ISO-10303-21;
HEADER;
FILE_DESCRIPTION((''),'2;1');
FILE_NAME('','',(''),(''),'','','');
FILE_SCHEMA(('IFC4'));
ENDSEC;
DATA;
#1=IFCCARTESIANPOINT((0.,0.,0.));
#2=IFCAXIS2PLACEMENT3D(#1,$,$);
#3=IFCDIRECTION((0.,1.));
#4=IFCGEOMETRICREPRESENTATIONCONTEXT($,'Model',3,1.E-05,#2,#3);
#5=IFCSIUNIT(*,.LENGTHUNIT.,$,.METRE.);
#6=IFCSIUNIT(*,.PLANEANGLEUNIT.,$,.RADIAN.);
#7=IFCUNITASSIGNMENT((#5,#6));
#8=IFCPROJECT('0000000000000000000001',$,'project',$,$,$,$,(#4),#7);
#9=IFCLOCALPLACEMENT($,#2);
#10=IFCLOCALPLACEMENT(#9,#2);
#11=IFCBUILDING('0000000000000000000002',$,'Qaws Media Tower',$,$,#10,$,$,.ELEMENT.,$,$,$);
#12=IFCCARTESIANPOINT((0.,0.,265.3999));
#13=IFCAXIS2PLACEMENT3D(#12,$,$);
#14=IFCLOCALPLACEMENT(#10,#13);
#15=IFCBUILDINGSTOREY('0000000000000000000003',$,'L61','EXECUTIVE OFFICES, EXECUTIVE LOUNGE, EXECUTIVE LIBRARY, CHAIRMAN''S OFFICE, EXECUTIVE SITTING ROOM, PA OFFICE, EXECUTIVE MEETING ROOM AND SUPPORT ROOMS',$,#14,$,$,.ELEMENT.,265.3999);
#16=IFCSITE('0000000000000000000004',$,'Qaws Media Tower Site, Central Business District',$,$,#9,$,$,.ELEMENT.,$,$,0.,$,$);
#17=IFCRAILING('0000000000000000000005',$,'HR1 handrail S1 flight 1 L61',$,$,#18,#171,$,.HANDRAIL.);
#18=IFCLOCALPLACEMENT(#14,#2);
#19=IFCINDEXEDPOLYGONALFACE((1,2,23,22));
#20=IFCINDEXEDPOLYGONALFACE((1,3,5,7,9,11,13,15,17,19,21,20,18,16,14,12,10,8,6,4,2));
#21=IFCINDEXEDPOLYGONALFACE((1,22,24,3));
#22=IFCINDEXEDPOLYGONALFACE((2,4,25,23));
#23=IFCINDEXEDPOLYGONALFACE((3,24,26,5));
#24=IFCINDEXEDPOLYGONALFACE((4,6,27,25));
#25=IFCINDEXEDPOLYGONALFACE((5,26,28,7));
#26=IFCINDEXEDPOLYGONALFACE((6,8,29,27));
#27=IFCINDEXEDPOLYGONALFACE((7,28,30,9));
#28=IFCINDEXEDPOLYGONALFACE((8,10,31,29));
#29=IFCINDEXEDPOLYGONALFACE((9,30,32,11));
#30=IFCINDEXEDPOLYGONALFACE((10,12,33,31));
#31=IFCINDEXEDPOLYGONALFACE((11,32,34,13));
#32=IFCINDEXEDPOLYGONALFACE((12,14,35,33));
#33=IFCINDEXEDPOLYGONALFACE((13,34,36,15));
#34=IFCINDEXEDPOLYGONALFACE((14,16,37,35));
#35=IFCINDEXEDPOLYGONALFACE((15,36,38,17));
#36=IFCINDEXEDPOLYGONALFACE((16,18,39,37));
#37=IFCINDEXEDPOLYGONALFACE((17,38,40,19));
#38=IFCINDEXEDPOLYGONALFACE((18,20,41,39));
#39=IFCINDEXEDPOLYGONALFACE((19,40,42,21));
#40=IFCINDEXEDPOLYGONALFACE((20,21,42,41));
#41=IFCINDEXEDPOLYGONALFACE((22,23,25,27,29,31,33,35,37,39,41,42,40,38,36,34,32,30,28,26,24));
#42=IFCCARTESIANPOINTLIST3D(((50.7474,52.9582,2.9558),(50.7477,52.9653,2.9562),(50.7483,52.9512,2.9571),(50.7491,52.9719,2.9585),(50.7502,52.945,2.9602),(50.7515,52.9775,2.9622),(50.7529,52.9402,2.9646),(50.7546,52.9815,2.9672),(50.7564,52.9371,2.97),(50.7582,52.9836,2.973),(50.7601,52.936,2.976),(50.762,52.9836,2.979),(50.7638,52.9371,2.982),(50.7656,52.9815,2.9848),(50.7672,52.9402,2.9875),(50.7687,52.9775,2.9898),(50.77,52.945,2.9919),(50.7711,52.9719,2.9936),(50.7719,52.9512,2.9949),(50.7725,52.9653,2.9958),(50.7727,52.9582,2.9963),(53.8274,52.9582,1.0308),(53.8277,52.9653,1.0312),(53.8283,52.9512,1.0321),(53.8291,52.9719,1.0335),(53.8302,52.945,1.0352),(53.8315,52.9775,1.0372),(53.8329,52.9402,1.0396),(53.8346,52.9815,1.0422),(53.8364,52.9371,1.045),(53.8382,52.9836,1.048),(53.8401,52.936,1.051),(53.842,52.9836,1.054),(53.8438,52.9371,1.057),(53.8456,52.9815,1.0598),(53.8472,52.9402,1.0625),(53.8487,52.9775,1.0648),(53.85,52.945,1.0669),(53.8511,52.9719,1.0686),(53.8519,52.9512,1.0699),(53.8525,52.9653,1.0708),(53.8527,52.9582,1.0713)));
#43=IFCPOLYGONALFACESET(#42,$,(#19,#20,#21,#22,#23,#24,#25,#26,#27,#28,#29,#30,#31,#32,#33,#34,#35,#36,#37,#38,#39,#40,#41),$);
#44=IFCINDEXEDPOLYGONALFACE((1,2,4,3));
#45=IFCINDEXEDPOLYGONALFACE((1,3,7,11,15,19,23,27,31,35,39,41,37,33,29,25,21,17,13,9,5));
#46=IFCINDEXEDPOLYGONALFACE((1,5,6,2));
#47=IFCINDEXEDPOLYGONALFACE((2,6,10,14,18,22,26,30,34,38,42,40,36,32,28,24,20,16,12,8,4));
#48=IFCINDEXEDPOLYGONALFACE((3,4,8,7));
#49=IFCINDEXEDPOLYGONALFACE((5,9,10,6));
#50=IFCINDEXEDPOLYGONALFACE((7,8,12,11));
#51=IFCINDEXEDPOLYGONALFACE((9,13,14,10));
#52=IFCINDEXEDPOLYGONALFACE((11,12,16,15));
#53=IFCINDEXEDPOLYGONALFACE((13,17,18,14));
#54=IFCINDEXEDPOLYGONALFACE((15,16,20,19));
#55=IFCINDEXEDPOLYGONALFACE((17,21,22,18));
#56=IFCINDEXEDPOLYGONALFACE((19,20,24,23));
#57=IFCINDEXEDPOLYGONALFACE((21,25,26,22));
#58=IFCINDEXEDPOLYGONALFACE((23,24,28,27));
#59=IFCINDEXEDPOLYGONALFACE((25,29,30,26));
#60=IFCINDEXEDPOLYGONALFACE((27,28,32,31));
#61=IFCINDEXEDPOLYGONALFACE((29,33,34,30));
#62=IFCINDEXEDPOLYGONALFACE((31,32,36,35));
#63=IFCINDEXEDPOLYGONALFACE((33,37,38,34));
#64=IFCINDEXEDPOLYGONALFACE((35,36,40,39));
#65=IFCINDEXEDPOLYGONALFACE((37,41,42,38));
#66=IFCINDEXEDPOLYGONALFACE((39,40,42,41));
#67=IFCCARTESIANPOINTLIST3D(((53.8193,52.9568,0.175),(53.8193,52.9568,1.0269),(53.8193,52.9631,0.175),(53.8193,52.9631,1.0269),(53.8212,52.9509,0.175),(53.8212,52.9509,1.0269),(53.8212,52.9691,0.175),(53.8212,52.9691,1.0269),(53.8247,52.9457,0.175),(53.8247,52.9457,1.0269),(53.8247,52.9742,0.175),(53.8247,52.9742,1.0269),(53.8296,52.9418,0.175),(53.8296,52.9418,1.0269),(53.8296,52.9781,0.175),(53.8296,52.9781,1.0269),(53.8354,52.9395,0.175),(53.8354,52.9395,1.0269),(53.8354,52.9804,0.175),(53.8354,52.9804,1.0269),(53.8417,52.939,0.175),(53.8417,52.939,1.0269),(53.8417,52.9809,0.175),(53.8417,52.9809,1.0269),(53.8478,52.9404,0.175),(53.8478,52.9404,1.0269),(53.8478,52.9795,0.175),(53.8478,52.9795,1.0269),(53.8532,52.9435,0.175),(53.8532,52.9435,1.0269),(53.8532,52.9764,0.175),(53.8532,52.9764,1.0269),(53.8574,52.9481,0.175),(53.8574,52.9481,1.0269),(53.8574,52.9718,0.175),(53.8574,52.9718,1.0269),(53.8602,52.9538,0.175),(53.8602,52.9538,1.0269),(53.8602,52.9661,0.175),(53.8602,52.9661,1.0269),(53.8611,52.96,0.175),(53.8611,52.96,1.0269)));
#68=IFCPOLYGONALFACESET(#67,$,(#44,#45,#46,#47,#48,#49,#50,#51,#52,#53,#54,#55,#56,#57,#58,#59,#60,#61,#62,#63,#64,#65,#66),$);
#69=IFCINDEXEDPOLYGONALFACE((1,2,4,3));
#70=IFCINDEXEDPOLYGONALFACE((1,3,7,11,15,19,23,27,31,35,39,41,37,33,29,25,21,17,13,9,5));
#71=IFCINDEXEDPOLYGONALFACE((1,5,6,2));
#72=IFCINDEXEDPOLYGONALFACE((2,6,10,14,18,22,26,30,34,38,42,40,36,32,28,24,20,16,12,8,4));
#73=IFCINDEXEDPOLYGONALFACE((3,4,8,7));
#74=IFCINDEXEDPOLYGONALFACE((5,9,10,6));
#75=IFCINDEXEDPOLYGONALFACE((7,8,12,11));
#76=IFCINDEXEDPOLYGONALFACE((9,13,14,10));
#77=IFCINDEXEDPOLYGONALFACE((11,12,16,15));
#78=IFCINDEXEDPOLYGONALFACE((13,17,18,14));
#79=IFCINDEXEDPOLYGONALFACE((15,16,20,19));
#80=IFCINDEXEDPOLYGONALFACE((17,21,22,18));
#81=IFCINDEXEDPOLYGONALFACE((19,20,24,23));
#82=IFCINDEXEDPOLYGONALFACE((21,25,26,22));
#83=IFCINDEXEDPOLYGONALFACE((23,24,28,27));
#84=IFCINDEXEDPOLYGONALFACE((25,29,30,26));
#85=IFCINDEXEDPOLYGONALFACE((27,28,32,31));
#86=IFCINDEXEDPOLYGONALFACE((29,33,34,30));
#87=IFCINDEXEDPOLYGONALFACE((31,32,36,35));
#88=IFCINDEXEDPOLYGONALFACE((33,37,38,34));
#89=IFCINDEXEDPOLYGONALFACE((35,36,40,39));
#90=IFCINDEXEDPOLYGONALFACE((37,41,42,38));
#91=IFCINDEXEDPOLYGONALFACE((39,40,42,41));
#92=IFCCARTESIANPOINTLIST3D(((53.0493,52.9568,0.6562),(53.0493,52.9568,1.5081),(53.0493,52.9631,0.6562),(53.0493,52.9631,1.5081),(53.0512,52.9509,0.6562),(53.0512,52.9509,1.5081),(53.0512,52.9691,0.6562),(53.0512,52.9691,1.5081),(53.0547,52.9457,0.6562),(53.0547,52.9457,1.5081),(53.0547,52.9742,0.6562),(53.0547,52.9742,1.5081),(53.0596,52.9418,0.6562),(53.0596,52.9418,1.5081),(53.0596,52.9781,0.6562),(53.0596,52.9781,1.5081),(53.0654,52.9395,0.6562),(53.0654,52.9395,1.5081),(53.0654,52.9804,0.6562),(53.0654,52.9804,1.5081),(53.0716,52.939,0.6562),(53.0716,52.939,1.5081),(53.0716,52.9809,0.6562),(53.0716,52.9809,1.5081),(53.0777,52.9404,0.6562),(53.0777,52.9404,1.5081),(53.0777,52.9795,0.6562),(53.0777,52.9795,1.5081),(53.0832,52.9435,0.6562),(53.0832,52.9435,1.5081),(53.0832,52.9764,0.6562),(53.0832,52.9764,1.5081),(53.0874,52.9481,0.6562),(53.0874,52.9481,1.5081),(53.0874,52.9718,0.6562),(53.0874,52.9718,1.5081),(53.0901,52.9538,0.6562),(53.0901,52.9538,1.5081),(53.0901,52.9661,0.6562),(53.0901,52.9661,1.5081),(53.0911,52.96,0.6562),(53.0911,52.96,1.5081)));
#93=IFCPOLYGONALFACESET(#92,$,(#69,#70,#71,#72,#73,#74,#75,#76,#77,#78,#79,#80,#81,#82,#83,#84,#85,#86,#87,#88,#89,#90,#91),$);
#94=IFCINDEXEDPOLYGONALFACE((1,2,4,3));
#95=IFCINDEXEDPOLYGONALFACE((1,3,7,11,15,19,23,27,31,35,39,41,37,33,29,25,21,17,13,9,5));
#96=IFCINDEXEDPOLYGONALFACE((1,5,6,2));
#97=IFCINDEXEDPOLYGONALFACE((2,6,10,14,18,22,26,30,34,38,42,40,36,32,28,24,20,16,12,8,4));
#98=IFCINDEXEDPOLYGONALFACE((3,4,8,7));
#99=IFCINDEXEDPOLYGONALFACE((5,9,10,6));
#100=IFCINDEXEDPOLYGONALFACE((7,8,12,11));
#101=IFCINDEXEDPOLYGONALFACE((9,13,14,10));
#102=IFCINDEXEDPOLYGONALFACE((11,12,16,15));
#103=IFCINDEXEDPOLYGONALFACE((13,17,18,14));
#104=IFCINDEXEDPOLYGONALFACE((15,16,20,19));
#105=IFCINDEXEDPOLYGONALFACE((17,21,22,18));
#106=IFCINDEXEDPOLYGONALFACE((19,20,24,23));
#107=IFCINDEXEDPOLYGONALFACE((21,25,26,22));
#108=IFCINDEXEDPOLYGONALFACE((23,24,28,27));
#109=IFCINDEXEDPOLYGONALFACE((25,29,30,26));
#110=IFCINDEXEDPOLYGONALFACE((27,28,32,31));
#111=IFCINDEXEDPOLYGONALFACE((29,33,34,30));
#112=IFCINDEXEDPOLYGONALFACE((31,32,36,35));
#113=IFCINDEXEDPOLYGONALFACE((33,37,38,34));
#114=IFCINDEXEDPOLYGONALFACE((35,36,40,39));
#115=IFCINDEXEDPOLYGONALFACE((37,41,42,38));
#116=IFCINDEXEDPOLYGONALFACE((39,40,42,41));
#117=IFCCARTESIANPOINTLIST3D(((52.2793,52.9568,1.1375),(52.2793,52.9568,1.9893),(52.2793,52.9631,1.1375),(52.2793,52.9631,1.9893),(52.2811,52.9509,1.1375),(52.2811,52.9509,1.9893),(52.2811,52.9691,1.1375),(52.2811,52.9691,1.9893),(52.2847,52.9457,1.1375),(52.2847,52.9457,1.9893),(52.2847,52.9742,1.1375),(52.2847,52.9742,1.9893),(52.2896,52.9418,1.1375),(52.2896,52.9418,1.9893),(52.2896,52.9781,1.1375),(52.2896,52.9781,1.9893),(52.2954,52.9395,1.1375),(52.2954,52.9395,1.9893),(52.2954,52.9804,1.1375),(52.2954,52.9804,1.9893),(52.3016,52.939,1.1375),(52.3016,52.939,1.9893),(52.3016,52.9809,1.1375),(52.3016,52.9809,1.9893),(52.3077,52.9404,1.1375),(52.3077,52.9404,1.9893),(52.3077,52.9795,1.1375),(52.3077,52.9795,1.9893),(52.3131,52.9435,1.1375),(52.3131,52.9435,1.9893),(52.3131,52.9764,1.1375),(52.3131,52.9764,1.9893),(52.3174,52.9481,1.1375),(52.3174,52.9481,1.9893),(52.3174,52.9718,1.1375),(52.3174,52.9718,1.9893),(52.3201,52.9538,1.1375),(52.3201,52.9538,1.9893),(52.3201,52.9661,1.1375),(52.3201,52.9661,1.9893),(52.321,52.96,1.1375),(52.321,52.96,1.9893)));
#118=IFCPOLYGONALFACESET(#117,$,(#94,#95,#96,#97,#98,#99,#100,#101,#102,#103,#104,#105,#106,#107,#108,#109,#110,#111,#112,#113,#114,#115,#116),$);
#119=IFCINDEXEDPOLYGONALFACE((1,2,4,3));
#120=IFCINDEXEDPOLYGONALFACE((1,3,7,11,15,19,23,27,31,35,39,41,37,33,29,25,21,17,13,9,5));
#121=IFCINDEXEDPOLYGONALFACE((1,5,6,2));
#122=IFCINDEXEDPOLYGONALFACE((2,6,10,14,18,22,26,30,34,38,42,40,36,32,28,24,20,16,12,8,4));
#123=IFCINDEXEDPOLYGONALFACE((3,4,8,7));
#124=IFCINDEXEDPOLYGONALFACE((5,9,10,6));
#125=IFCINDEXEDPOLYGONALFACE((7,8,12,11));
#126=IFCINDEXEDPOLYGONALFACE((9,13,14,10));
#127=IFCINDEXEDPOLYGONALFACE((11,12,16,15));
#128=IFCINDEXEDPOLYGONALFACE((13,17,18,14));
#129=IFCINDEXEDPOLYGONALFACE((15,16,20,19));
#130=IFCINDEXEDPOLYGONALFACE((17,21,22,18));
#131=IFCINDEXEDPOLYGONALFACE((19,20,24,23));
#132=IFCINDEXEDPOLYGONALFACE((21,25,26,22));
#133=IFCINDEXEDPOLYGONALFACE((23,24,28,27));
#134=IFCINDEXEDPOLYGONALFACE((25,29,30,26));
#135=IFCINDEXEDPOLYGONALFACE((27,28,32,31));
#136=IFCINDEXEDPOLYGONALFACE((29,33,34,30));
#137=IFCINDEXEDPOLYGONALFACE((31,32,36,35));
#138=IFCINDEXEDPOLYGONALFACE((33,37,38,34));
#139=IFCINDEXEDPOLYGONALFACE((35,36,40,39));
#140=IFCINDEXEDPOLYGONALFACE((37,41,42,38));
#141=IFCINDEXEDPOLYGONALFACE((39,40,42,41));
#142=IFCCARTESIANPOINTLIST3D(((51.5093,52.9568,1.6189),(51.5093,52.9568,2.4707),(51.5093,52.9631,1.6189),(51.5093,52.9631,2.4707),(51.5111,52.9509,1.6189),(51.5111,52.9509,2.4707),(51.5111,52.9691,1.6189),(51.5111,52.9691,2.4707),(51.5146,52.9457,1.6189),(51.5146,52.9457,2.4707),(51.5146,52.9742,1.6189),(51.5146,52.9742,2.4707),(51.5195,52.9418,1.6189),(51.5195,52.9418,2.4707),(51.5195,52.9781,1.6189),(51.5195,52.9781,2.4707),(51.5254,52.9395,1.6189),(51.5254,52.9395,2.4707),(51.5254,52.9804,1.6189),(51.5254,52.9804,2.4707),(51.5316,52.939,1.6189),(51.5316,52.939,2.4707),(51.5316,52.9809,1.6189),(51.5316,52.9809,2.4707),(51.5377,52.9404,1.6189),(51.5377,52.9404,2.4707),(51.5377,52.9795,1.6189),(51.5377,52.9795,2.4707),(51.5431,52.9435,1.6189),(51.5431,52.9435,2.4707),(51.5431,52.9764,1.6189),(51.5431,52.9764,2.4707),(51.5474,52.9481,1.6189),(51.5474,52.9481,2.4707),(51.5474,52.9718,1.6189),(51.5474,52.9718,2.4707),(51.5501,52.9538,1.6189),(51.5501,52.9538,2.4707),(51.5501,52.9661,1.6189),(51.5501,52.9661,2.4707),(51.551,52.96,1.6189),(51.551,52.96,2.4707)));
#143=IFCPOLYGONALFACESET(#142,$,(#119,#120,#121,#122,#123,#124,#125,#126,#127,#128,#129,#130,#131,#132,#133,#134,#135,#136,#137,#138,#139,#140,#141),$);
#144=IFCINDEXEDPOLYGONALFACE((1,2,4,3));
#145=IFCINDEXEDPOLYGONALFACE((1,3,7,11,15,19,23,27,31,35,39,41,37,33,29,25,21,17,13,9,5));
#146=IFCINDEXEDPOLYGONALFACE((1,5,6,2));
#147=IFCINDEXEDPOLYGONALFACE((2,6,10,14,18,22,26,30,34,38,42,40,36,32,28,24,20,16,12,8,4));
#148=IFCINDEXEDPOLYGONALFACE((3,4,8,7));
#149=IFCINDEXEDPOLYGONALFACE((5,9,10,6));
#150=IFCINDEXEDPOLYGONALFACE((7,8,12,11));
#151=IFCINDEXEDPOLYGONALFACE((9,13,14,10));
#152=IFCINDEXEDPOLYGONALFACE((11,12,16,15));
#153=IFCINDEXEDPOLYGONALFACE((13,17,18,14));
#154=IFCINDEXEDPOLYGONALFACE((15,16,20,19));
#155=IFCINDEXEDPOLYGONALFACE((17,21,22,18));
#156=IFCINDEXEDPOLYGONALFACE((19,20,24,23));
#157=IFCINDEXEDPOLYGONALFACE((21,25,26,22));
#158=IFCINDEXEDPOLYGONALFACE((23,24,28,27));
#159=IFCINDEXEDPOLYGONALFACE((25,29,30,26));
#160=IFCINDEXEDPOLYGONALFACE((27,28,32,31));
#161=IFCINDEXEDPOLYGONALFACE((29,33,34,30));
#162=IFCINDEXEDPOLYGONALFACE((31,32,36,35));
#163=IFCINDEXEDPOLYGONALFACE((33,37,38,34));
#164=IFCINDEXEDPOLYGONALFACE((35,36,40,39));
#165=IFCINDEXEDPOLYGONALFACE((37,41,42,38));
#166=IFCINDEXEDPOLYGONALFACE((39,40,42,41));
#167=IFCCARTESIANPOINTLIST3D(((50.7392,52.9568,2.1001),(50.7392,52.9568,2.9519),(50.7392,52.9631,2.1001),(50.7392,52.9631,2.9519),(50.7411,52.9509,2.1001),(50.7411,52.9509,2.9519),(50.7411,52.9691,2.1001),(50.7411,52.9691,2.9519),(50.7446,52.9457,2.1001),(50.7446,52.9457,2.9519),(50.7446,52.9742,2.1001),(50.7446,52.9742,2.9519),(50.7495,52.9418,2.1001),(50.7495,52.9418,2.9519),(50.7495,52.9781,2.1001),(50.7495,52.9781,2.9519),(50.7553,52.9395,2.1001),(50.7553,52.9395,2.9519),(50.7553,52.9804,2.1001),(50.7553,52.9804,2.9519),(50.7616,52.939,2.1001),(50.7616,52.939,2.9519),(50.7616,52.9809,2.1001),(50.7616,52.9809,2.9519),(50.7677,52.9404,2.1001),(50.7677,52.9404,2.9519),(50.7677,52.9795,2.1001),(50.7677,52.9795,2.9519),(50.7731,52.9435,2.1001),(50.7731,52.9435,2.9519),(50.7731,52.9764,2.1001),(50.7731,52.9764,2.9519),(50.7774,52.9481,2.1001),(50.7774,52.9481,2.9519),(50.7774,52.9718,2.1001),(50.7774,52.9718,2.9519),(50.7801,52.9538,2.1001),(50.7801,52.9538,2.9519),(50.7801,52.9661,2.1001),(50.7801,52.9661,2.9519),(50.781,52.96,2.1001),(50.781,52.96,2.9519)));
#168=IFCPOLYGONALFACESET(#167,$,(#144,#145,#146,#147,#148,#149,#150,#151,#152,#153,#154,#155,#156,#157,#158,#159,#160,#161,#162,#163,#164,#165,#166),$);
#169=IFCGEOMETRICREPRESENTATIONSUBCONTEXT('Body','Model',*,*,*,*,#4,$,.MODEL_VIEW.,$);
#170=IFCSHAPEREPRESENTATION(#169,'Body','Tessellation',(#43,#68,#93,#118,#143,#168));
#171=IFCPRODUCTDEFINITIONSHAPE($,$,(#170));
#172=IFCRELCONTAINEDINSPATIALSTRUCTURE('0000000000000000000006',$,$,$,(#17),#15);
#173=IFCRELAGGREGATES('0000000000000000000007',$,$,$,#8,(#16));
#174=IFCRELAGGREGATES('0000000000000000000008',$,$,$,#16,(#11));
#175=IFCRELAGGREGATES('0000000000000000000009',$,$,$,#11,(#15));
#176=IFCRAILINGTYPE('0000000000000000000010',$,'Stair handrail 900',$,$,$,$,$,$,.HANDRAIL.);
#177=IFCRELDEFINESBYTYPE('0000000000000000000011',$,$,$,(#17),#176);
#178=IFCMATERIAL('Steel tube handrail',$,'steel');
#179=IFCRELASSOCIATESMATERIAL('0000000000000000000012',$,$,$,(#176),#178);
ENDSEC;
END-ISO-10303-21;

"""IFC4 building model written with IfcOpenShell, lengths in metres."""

from ifc_helpers import new_model, si_unit, direction, frame, origin, origin_2d, place, context, subcontext, project, spatial, circle, extrude, material, type_object, element, save


model = new_model("IFC4")

# Units and contexts
model_context = context("Model", 3, precision=1e-05, world=origin(), true_north=direction((0.0, 1.0)))
body_context = subcontext(model_context, "Body", "Model", "MODEL_VIEW")
ifc_project = project(units=[si_unit("LENGTHUNIT", "METRE"), si_unit("PLANEANGLEUNIT", "RADIAN")], contexts=[model_context])

# Site, building, storey
site_placement = place(None, origin())
site = spatial("IfcSite", under=ifc_project, at=site_placement, Name="Qaws Media Tower Site, Central Business District", CompositionType="ELEMENT", RefElevation=0.0)
building_placement = place(site_placement, origin())
building = spatial("IfcBuilding", under=site, at=building_placement, Name="Qaws Media Tower", CompositionType="ELEMENT")
storey_placement = place(building_placement, frame((0.0, 0.0, 265.3999)))
storey = spatial("IfcBuildingStorey", under=building, at=storey_placement, Name="L61", Description="EXECUTIVE OFFICES, EXECUTIVE LOUNGE, EXECUTIVE LIBRARY, CHAIRMAN'S OFFICE, EXECUTIVE SITTING ROOM, PA OFFICE, EXECUTIVE MEETING ROOM AND SUPPORT ROOMS", CompositionType="ELEMENT", Elevation=265.3999)

# Railing
ifc_material_1 = material(Name="Steel tube handrail", Category="steel")
railing_type = type_object("IfcRailingType", Name="Stair handrail 900", PredefinedType="HANDRAIL", material=ifc_material_1)
for number, where, name in (
    (1, (53.8401, 52.96, 0.175), "HR1 handrail S1 flight 1 L61"),
):
    element("IfcRailing", number, at=place(storey_placement, frame(where)), inside=storey, type_object=railing_type, Name=name, PredefinedType="HANDRAIL", context=body_context, shape_type="SweptSolid", body=[
        extrude(circle(Radius=0.0239, at=origin_2d()), frame((0.0, 0.0, 0.876), z_axis=(-0.847998, 0.0, 0.529999), x_axis=(0.0, -1.0, 0.0)), (0.0, 0.0, 1.0), 3.6321),
        extrude(circle(Radius=0.021, at=origin_2d()), origin(), (0.0, 0.0, 1.0), 0.8518),
        extrude(circle(Radius=0.021, at=origin_2d()), frame((-0.77, 0.0, 0.4812)), (0.0, 0.0, 1.0), 0.8518),
        extrude(circle(Radius=0.021, at=origin_2d()), frame((-1.54, 0.0, 0.9624)), (0.0, 0.0, 1.0), 0.8518),
        extrude(circle(Radius=0.021, at=origin_2d()), frame((-2.3101, 0.0, 1.4438)), (0.0, 0.0, 1.0), 0.8518),
        extrude(circle(Radius=0.021, at=origin_2d()), frame((-3.0801, 0.0, 1.925)), (0.0, 0.0, 1.0), 0.8518),
    ])

save(model, "model.ifc")
